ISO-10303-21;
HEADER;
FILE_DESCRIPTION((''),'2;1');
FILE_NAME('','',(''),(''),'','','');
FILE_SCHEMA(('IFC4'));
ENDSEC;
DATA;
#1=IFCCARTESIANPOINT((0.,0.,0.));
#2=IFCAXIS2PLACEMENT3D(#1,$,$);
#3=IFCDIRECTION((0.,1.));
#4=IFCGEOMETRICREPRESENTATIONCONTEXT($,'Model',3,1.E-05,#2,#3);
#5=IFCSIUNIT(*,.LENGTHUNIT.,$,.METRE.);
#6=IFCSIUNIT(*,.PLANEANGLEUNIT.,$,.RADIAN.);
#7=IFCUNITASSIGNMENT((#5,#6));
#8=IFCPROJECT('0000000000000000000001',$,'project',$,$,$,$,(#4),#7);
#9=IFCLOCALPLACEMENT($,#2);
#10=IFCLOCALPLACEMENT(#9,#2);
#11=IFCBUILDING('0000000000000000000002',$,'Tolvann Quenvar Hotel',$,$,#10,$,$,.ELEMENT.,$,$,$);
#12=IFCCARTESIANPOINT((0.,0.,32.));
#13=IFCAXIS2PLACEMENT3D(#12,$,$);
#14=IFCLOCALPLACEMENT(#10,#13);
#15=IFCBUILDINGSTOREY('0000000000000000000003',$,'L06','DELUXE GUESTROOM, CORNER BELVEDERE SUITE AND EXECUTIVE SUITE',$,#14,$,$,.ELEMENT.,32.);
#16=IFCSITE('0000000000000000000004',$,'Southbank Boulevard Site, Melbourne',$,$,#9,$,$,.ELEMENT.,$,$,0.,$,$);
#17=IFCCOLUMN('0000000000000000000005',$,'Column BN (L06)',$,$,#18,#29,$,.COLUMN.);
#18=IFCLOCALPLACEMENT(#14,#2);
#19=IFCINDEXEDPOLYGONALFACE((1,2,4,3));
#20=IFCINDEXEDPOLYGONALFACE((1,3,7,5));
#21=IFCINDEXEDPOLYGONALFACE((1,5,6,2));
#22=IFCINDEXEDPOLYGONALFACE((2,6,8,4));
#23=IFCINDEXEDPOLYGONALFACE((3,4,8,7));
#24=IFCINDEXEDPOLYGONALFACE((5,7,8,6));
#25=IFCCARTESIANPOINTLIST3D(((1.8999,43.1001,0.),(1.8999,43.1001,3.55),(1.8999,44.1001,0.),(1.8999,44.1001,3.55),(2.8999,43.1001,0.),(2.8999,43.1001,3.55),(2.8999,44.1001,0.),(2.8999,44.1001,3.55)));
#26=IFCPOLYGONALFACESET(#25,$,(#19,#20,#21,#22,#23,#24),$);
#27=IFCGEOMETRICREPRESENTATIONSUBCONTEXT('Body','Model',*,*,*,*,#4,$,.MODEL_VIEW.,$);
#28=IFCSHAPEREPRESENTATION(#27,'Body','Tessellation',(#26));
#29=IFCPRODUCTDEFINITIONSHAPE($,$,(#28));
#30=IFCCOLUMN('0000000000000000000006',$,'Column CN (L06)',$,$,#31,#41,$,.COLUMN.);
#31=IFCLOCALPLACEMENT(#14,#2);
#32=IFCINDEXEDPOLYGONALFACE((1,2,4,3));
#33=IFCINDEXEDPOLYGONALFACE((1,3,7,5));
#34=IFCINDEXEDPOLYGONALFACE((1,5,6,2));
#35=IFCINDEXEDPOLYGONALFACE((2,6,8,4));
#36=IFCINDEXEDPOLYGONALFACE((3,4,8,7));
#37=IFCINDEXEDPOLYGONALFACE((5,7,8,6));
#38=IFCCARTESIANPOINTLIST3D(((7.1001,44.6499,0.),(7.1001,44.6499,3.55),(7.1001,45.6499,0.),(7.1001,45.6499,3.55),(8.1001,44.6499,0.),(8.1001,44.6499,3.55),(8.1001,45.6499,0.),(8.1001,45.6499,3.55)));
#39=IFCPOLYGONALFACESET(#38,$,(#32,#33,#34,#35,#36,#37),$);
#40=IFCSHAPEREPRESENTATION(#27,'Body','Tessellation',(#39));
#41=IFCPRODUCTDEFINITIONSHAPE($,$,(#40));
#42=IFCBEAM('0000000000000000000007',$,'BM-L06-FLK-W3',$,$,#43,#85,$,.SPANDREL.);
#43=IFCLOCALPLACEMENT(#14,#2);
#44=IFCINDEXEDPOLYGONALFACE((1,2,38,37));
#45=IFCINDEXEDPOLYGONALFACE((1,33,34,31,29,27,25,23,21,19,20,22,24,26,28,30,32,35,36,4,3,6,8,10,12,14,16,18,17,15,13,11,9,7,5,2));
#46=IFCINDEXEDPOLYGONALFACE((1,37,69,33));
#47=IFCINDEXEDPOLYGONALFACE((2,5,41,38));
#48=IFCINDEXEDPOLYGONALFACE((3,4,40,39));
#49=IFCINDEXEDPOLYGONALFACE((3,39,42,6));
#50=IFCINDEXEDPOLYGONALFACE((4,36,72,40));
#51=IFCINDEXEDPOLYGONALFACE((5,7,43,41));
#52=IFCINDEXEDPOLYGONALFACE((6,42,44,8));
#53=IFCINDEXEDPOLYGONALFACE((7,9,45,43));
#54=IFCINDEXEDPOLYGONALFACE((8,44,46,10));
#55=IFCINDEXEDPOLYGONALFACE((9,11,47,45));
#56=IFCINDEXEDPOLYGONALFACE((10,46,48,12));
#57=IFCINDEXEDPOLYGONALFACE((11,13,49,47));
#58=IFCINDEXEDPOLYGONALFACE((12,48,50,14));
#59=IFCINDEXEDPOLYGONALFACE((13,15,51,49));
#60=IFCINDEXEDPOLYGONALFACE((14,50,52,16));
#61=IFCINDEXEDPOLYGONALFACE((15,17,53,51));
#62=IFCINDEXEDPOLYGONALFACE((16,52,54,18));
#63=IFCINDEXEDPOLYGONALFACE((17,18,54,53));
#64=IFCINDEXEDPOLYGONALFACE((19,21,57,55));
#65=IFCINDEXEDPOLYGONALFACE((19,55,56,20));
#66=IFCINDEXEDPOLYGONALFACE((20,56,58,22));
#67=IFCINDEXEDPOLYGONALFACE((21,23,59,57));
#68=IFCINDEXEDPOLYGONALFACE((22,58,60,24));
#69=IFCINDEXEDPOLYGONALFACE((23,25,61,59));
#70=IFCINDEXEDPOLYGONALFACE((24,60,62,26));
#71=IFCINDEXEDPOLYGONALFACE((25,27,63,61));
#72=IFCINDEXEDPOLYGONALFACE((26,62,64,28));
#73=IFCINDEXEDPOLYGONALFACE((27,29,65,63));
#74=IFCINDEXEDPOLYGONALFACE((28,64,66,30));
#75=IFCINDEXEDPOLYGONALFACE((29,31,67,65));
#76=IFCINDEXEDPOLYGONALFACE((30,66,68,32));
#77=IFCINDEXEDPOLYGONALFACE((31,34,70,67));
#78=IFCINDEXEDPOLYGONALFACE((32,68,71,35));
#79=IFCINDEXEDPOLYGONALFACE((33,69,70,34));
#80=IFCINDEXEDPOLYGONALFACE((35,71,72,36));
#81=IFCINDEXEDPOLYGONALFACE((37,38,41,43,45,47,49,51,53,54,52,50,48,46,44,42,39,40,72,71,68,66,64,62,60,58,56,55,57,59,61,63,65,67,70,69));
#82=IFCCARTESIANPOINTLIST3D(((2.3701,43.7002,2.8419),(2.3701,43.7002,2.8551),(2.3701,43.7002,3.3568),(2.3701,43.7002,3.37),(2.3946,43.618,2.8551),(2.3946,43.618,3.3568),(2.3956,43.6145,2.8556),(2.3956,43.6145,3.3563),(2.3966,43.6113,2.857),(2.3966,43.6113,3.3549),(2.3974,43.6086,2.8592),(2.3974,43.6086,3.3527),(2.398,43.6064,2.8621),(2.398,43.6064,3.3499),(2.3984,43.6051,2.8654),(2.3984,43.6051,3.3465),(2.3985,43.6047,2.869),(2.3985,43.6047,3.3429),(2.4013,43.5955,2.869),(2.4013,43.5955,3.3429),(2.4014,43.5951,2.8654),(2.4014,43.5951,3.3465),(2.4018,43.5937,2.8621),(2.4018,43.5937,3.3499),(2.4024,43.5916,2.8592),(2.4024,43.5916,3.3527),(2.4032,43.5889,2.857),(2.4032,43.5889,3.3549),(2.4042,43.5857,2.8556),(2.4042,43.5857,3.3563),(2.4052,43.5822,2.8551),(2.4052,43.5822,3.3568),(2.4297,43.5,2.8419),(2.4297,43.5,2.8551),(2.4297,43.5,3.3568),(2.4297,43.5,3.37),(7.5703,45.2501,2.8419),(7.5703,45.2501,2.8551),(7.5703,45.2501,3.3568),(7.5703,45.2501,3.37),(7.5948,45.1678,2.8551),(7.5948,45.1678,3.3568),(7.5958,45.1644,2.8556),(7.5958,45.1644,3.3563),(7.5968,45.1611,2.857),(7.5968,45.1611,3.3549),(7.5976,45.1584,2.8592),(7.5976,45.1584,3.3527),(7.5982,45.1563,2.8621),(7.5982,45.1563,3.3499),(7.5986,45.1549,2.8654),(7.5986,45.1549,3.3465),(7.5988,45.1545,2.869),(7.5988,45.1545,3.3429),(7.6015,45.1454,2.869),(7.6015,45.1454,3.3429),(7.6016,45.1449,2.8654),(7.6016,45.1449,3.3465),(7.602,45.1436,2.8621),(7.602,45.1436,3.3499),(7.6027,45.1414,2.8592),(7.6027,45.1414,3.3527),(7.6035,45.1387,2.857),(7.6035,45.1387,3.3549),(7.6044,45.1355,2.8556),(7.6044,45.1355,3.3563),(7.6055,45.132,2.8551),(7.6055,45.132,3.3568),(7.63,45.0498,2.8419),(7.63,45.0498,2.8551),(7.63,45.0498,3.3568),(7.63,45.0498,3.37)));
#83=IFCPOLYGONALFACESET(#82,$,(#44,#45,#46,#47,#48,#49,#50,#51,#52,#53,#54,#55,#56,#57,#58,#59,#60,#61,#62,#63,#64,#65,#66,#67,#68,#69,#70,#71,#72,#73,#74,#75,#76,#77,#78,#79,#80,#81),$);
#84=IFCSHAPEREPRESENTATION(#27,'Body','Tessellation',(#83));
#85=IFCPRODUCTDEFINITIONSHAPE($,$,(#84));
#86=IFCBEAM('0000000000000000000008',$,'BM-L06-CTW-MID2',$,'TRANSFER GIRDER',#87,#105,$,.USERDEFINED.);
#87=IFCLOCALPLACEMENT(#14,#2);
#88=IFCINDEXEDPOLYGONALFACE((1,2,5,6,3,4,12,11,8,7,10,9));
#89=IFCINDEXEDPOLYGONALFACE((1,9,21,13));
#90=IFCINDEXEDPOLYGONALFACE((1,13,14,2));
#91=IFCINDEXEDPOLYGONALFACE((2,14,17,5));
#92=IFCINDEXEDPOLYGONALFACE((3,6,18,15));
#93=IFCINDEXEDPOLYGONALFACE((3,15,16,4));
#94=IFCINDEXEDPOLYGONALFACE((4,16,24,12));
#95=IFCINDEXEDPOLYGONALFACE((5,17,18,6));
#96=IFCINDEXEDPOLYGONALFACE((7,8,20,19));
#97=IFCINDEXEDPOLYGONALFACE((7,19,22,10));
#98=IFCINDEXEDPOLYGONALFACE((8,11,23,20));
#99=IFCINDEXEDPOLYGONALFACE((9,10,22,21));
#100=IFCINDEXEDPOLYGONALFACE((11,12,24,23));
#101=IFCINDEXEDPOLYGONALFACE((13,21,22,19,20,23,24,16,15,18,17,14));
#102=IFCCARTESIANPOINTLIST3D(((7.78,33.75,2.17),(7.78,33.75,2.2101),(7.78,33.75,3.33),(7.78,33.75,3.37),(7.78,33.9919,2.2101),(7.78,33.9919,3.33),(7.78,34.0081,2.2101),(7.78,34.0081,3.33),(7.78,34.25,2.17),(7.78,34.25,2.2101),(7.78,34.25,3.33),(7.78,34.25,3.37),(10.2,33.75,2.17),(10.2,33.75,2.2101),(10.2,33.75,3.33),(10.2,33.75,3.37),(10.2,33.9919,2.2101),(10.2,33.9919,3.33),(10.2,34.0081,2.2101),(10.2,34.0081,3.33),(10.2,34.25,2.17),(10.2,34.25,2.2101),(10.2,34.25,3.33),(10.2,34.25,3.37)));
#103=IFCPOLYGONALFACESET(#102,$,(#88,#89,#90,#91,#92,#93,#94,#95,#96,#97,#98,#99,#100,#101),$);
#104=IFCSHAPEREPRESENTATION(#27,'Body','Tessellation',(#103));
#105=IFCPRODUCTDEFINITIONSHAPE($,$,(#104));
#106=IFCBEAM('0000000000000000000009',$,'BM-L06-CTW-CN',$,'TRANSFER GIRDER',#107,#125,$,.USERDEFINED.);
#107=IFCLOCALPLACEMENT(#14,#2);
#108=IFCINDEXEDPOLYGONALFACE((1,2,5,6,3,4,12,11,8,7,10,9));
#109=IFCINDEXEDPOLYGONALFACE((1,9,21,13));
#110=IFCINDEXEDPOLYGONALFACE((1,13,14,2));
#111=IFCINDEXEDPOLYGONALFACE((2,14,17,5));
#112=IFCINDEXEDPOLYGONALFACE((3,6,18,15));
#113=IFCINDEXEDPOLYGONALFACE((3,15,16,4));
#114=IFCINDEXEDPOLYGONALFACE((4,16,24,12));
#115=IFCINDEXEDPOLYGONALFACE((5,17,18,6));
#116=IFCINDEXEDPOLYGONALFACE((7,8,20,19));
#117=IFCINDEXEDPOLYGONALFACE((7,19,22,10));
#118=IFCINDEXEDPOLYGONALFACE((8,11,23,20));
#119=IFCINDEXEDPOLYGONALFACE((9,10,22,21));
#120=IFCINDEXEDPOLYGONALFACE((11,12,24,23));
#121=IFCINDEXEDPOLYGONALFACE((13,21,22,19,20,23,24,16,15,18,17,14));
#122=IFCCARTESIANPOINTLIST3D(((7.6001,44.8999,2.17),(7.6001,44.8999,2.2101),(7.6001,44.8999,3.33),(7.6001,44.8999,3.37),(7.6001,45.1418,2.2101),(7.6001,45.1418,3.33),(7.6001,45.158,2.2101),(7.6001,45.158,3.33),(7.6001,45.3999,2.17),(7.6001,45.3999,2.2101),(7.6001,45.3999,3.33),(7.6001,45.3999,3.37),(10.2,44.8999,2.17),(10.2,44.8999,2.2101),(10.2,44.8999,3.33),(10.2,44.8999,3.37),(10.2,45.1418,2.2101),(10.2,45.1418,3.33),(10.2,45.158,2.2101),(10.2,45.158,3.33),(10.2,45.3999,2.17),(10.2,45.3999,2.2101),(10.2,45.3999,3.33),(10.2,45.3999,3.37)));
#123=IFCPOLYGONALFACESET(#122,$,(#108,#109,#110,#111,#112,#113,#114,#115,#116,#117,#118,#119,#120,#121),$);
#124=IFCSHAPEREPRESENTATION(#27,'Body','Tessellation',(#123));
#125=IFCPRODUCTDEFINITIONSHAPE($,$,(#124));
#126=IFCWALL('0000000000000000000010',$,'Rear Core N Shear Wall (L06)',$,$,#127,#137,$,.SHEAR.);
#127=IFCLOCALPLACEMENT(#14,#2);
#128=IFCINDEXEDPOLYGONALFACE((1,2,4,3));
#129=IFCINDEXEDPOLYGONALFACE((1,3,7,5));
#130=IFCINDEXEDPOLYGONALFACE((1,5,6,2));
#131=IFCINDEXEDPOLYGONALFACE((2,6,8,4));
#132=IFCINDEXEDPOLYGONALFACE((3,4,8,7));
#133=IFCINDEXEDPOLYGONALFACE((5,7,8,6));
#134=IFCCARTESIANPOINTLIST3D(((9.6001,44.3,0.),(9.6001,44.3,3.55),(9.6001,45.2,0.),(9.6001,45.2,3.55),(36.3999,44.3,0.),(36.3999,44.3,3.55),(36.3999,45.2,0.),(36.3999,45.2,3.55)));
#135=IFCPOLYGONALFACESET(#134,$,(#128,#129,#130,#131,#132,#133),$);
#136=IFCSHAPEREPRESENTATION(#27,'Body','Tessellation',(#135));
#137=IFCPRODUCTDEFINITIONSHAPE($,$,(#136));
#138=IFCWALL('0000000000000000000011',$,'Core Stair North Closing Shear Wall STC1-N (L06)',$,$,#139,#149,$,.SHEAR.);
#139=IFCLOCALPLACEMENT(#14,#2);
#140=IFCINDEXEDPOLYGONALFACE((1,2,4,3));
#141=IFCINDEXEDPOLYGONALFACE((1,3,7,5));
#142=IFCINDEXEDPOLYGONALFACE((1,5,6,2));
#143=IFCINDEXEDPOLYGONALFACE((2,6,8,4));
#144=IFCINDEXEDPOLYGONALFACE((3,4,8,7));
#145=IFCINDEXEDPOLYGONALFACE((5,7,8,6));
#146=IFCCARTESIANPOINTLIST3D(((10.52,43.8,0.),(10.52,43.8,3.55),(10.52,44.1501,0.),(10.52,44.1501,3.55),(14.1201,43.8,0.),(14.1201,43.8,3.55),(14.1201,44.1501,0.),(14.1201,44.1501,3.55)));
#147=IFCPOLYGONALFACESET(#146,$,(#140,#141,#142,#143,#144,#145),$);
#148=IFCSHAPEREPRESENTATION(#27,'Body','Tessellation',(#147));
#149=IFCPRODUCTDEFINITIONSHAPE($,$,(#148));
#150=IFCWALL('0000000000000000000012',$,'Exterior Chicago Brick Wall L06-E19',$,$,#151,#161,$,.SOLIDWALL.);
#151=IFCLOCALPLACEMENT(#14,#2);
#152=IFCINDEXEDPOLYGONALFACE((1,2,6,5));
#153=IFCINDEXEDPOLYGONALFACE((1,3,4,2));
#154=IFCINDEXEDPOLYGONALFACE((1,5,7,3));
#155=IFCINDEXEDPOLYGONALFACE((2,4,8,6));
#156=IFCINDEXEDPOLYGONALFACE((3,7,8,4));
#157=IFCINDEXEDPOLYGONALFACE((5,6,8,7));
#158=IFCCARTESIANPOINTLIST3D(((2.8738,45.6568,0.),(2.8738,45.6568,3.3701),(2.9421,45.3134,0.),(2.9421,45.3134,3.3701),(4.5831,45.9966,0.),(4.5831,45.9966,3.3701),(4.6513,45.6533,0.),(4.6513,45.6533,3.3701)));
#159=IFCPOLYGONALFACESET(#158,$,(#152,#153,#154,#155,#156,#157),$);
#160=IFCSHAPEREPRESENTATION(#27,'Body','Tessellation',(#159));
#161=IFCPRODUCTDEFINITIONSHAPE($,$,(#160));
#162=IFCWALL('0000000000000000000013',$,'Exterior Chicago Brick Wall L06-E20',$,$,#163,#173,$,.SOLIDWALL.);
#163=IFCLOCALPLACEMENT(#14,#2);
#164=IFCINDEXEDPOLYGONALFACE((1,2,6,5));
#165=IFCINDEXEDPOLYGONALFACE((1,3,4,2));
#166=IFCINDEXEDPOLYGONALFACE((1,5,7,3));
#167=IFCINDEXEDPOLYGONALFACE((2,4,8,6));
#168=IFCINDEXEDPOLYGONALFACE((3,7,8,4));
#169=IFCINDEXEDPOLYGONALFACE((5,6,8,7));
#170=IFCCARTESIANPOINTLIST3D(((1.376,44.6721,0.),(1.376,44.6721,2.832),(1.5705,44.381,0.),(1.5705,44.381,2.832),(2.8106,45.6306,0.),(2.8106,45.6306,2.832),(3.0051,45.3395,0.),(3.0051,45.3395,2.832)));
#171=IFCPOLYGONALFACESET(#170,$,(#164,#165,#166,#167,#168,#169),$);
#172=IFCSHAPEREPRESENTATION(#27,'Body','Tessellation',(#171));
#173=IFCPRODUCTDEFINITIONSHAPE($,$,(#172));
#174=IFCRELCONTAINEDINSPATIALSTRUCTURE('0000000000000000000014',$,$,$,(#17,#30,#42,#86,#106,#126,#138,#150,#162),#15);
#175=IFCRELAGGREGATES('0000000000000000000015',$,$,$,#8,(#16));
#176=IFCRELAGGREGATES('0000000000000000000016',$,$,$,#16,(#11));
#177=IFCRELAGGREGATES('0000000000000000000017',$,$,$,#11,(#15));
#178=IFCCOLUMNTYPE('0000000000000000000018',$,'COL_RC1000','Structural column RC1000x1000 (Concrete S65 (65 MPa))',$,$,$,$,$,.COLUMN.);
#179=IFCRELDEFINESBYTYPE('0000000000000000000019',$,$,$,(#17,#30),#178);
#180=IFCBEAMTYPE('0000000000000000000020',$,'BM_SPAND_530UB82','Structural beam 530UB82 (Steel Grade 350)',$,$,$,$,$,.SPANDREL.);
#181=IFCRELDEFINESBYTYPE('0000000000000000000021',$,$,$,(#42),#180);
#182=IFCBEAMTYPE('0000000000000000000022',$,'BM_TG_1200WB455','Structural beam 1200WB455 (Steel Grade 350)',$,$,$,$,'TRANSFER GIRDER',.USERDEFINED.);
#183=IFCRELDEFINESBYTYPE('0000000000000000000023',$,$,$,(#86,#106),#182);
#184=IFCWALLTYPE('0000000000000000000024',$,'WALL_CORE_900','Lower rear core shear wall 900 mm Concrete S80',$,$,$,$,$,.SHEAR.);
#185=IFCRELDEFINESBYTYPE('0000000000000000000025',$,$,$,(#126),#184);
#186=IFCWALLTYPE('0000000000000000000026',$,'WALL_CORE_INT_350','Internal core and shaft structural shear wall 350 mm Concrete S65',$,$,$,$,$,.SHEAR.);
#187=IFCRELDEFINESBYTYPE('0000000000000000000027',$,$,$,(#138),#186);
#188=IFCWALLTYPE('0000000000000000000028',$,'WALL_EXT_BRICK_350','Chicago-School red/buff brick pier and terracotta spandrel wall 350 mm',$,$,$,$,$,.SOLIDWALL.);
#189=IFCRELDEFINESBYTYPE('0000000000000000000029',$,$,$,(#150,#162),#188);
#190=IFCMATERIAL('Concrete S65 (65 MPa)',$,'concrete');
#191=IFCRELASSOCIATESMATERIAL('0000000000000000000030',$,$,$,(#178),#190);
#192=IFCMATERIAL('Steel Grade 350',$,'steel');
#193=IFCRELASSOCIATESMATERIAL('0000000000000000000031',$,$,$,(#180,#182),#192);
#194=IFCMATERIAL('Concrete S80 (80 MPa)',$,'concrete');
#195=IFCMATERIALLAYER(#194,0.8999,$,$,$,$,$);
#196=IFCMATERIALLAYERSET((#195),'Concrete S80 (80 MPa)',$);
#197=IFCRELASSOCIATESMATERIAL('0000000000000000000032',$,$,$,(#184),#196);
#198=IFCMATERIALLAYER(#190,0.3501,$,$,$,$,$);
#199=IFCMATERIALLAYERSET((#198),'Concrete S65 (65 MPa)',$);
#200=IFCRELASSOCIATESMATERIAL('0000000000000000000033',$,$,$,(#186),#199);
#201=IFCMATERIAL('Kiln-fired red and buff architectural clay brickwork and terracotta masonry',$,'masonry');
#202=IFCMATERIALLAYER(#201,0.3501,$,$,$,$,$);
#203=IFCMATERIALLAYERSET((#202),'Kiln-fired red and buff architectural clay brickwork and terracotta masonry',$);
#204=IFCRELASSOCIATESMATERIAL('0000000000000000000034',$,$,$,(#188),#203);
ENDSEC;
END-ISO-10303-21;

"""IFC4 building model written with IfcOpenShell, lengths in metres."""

from ifc_helpers import new_model, si_unit, direction, frame, frame_2d, origin, origin_2d, place, context, subcontext, project, spatial, rectangle, i_section, extrude, source, transform, mapped, material, layer, layer_set, material_profile, profile_set, type_object, type_shapes, element, save


model = new_model("IFC4")

# Units and contexts
model_context = context("Model", 3, precision=1e-05, world=origin(), true_north=direction((0.0, 1.0)))
body_context = subcontext(model_context, "Body", "Model", "MODEL_VIEW")
ifc_project = project(units=[si_unit("LENGTHUNIT", "METRE"), si_unit("PLANEANGLEUNIT", "RADIAN")], contexts=[model_context])

# Site, building, storey
site_placement = place(None, origin())
site = spatial("IfcSite", under=ifc_project, at=site_placement, Name="Southbank Boulevard Site, Melbourne", CompositionType="ELEMENT", RefElevation=0.0)
building_placement = place(site_placement, origin())
building = spatial("IfcBuilding", under=site, at=building_placement, Name="Tolvann Quenvar Hotel", CompositionType="ELEMENT")
storey_placement = place(building_placement, frame((0.0, 0.0, 32.0)))
storey = spatial("IfcBuildingStorey", under=building, at=storey_placement, Name="L06", Description="DELUXE GUESTROOM, CORNER BELVEDERE SUITE AND EXECUTIVE SUITE", CompositionType="ELEMENT", Elevation=32.0)

# Columns
ifc_material_1 = material(Name="Concrete S65 (65 MPa)", Category="concrete")
ifc_material_profile_1 = material_profile(ifc_material_1, rectangle(XDim=1.0, YDim=1.0, at=origin_2d()), Name="RC1000x1000")
ifc_profile_set_1 = profile_set([ifc_material_profile_1], Name="Concrete S65 (65 MPa)")
column_type = type_object("IfcColumnType", Name="COL_RC1000", Description="Structural column RC1000x1000 (Concrete S65 (65 MPa))", PredefinedType="COLUMN", material=ifc_profile_set_1)
shared_shape_1 = source(origin(), body_context, "Body", "SweptSolid", [
    extrude(rectangle(XDim=1.0, YDim=1.0, at=origin_2d()), origin(), (0.0, 0.0, 1.0), 3.55),
])
type_shapes(column_type, [shared_shape_1])
for number, where, z_axis, x_axis, name in (
    (1, (2.3999, 43.6001, 0.0), (0.0, 0.0, 1.0), (1.0, 0.0, 0.0), "Column BN (L06)"),
    (2, (7.6001, 45.1499, 0.0), (0.0, 0.0, 1.0), (1.0, 0.0, 0.0), "Column CN (L06)"),
):
    element("IfcColumn", number, at=place(storey_placement, frame(where, z_axis=z_axis, x_axis=x_axis)), inside=storey, type_object=column_type, Name=name, PredefinedType="COLUMN", context=body_context, shape_type="MappedRepresentation", body=[
        mapped(shared_shape_1, transform((0.0, 0.0, 0.0), x_axis=(1.0, 0.0, 0.0), y_axis=(0.0, 1.0, 0.0), z_axis=(0.0, 0.0, 1.0), scale=1.0)),
    ])

# Beams
ifc_material_2 = material(Name="Steel Grade 350", Category="steel")
ifc_material_profile_2 = material_profile(ifc_material_2, i_section(OverallWidth=0.209, OverallDepth=0.5281, WebThickness=0.0095, FlangeThickness=0.0132, FilletRadius=0.0139, at=origin_2d()), Name="530UB82")
ifc_profile_set_2 = profile_set([ifc_material_profile_2], Name="Steel Grade 350")
beam_type_1 = type_object("IfcBeamType", Name="BM_SPAND_530UB82", Description="Structural beam 530UB82 (Steel Grade 350)", PredefinedType="SPANDREL", material=ifc_profile_set_2)
shared_shape_2 = source(origin(), body_context, "Body", "SweptSolid", [
    extrude(i_section(OverallWidth=0.209, OverallDepth=0.5281, WebThickness=0.0095, FlangeThickness=0.0132, FilletRadius=0.0139, at=origin_2d()), origin(), (0.0, 0.0, 1.0), 5.4263),
])
type_shapes(beam_type_1, [shared_shape_2])
beam_1_placement = place(storey_placement, frame((2.3999, 43.6001, 3.106), z_axis=(0.958345, 0.285614, 0.0), x_axis=(-0.285614, 0.958345, 0.0)))
element("IfcBeam", 3, at=beam_1_placement, inside=storey, type_object=beam_type_1, Name="BM-L06-FLK-W3", PredefinedType="SPANDREL", context=body_context, shape_type="MappedRepresentation", body=[
    mapped(shared_shape_2, transform((0.0, 0.0, 0.0), x_axis=(1.0, 0.0, 0.0), y_axis=(0.0, 1.0, 0.0), z_axis=(0.0, 0.0, 1.0), scale=1.0)),
])
ifc_material_profile_3 = material_profile(ifc_material_2, i_section(OverallWidth=0.5, OverallDepth=1.2, WebThickness=0.0161, FlangeThickness=0.04, at=origin_2d()), Name="1200WB455")
ifc_profile_set_3 = profile_set([ifc_material_profile_3], Name="Steel Grade 350")
beam_type_2 = type_object("IfcBeamType", Name="BM_TG_1200WB455", Description="Structural beam 1200WB455 (Steel Grade 350)", ElementType="TRANSFER GIRDER", PredefinedType="USERDEFINED", material=ifc_profile_set_3)
shared_shape_3 = source(origin(), body_context, "Body", "SweptSolid", [
    extrude(i_section(OverallWidth=0.5, OverallDepth=1.2, WebThickness=0.0161, FlangeThickness=0.04, at=origin_2d()), origin(), (0.0, 0.0, 1.0), 2.4199),
])
beam_2_placement = place(storey_placement, frame((7.78, 34.0, 2.77), z_axis=(1.0, 0.0, 0.0), x_axis=(0.0, 1.0, 0.0)))
element("IfcBeam", 4, at=beam_2_placement, inside=storey, type_object=beam_type_2, Name="BM-L06-CTW-MID2", ObjectType="TRANSFER GIRDER", PredefinedType="USERDEFINED", context=body_context, shape_type="MappedRepresentation", body=[
    mapped(shared_shape_3, transform((0.0, 0.0, 0.0), x_axis=(1.0, 0.0, 0.0), y_axis=(0.0, 1.0, 0.0), z_axis=(0.0, 0.0, 1.0), scale=1.0)),
])
shared_shape_4 = source(origin(), body_context, "Body", "SweptSolid", [
    extrude(i_section(OverallWidth=0.5, OverallDepth=1.2, WebThickness=0.0161, FlangeThickness=0.04, at=origin_2d()), origin(), (0.0, 0.0, 1.0), 2.5999),
])
type_shapes(beam_type_2, [shared_shape_3, shared_shape_4])
beam_3_placement = place(storey_placement, frame((7.6001, 45.1499, 2.77), z_axis=(1.0, 0.0, 0.0), x_axis=(0.0, 1.0, 0.0)))
element("IfcBeam", 5, at=beam_3_placement, inside=storey, type_object=beam_type_2, Name="BM-L06-CTW-CN", ObjectType="TRANSFER GIRDER", PredefinedType="USERDEFINED", context=body_context, shape_type="MappedRepresentation", body=[
    mapped(shared_shape_4, transform((0.0, 0.0, 0.0), x_axis=(1.0, 0.0, 0.0), y_axis=(0.0, 1.0, 0.0), z_axis=(0.0, 0.0, 1.0), scale=1.0)),
])

# Walls
ifc_material_3 = material(Name="Concrete S80 (80 MPa)", Category="concrete")
ifc_layer_1 = layer(ifc_material_3, 0.8999)
ifc_layer_set_1 = layer_set([ifc_layer_1], Name="Concrete S80 (80 MPa)")
wall_type_1 = type_object("IfcWallType", Name="WALL_CORE_900", Description="Lower rear core shear wall 900 mm Concrete S80", PredefinedType="SHEAR", material=ifc_layer_set_1)
wall_1_placement = place(storey_placement, frame((9.6001, 44.75, 0.0), z_axis=(0.0, 0.0, 1.0), x_axis=(1.0, 0.0, 0.0)))
element("IfcWall", 6, at=wall_1_placement, inside=storey, type_object=wall_type_1, Name="Rear Core N Shear Wall (L06)", PredefinedType="SHEAR", context=body_context, shape_type="SweptSolid", body=[
    extrude(rectangle(XDim=26.7998, YDim=0.8999, at=frame_2d((13.3999, 0.0))), origin(), (0.0, 0.0, 1.0), 3.55),
])
ifc_layer_2 = layer(ifc_material_1, 0.3501)
ifc_layer_set_2 = layer_set([ifc_layer_2], Name="Concrete S65 (65 MPa)")
wall_type_2 = type_object("IfcWallType", Name="WALL_CORE_INT_350", Description="Internal core and shaft structural shear wall 350 mm Concrete S65", PredefinedType="SHEAR", material=ifc_layer_set_2)
wall_2_placement = place(storey_placement, frame((10.52, 43.9751, 0.0), z_axis=(0.0, 0.0, 1.0), x_axis=(1.0, 0.0, 0.0)))
element("IfcWall", 7, at=wall_2_placement, inside=storey, type_object=wall_type_2, Name="Core Stair North Closing Shear Wall STC1-N (L06)", PredefinedType="SHEAR", context=body_context, shape_type="SweptSolid", body=[
    extrude(rectangle(XDim=3.6001, YDim=0.3501, at=frame_2d((1.8, 0.0))), origin(), (0.0, 0.0, 1.0), 3.55),
])
ifc_material_4 = material(Name="Kiln-fired red and buff architectural clay brickwork and terracotta masonry", Category="masonry")
ifc_layer_3 = layer(ifc_material_4, 0.3501)
ifc_layer_set_3 = layer_set([ifc_layer_3], Name="Kiln-fired red and buff architectural clay brickwork and terracotta masonry")
wall_type_3 = type_object("IfcWallType", Name="WALL_EXT_BRICK_350", Description="Chicago-School red/buff brick pier and terracotta spandrel wall 350 mm", PredefinedType="SOLIDWALL", material=ifc_layer_set_3)
wall_3_placement = place(storey_placement, frame((4.6172, 45.825, 0.0), z_axis=(0.0, 0.0, 1.0), x_axis=(-0.980801, -0.195011, 0.0)))
element("IfcWall", 8, at=wall_3_placement, inside=storey, type_object=wall_type_3, Name="Exterior Chicago Brick Wall L06-E19", PredefinedType="SOLIDWALL", context=body_context, shape_type="SweptSolid", body=[
    extrude(rectangle(XDim=1.7427, YDim=0.3501, at=frame_2d((0.8713, 0.0))), origin(), (0.0, 0.0, 1.0), 3.3701),
])
for number, where, z_axis, x_axis, name in (
    (9, (2.908, 45.4851, 0.0), (0.0, 0.0, 1.0), (-0.831484, -0.555549, 0.0), "Exterior Chicago Brick Wall L06-E20"),
):
    element("IfcWall", number, at=place(storey_placement, frame(where, z_axis=z_axis, x_axis=x_axis)), inside=storey, type_object=wall_type_3, Name=name, PredefinedType="SOLIDWALL", context=body_context, shape_type="SweptSolid", body=[
        extrude(rectangle(XDim=1.7253, YDim=0.3501, at=frame_2d((0.8628, 0.0))), origin(), (0.0, 0.0, 1.0), 2.832),
    ])

save(model, "model.ifc")
